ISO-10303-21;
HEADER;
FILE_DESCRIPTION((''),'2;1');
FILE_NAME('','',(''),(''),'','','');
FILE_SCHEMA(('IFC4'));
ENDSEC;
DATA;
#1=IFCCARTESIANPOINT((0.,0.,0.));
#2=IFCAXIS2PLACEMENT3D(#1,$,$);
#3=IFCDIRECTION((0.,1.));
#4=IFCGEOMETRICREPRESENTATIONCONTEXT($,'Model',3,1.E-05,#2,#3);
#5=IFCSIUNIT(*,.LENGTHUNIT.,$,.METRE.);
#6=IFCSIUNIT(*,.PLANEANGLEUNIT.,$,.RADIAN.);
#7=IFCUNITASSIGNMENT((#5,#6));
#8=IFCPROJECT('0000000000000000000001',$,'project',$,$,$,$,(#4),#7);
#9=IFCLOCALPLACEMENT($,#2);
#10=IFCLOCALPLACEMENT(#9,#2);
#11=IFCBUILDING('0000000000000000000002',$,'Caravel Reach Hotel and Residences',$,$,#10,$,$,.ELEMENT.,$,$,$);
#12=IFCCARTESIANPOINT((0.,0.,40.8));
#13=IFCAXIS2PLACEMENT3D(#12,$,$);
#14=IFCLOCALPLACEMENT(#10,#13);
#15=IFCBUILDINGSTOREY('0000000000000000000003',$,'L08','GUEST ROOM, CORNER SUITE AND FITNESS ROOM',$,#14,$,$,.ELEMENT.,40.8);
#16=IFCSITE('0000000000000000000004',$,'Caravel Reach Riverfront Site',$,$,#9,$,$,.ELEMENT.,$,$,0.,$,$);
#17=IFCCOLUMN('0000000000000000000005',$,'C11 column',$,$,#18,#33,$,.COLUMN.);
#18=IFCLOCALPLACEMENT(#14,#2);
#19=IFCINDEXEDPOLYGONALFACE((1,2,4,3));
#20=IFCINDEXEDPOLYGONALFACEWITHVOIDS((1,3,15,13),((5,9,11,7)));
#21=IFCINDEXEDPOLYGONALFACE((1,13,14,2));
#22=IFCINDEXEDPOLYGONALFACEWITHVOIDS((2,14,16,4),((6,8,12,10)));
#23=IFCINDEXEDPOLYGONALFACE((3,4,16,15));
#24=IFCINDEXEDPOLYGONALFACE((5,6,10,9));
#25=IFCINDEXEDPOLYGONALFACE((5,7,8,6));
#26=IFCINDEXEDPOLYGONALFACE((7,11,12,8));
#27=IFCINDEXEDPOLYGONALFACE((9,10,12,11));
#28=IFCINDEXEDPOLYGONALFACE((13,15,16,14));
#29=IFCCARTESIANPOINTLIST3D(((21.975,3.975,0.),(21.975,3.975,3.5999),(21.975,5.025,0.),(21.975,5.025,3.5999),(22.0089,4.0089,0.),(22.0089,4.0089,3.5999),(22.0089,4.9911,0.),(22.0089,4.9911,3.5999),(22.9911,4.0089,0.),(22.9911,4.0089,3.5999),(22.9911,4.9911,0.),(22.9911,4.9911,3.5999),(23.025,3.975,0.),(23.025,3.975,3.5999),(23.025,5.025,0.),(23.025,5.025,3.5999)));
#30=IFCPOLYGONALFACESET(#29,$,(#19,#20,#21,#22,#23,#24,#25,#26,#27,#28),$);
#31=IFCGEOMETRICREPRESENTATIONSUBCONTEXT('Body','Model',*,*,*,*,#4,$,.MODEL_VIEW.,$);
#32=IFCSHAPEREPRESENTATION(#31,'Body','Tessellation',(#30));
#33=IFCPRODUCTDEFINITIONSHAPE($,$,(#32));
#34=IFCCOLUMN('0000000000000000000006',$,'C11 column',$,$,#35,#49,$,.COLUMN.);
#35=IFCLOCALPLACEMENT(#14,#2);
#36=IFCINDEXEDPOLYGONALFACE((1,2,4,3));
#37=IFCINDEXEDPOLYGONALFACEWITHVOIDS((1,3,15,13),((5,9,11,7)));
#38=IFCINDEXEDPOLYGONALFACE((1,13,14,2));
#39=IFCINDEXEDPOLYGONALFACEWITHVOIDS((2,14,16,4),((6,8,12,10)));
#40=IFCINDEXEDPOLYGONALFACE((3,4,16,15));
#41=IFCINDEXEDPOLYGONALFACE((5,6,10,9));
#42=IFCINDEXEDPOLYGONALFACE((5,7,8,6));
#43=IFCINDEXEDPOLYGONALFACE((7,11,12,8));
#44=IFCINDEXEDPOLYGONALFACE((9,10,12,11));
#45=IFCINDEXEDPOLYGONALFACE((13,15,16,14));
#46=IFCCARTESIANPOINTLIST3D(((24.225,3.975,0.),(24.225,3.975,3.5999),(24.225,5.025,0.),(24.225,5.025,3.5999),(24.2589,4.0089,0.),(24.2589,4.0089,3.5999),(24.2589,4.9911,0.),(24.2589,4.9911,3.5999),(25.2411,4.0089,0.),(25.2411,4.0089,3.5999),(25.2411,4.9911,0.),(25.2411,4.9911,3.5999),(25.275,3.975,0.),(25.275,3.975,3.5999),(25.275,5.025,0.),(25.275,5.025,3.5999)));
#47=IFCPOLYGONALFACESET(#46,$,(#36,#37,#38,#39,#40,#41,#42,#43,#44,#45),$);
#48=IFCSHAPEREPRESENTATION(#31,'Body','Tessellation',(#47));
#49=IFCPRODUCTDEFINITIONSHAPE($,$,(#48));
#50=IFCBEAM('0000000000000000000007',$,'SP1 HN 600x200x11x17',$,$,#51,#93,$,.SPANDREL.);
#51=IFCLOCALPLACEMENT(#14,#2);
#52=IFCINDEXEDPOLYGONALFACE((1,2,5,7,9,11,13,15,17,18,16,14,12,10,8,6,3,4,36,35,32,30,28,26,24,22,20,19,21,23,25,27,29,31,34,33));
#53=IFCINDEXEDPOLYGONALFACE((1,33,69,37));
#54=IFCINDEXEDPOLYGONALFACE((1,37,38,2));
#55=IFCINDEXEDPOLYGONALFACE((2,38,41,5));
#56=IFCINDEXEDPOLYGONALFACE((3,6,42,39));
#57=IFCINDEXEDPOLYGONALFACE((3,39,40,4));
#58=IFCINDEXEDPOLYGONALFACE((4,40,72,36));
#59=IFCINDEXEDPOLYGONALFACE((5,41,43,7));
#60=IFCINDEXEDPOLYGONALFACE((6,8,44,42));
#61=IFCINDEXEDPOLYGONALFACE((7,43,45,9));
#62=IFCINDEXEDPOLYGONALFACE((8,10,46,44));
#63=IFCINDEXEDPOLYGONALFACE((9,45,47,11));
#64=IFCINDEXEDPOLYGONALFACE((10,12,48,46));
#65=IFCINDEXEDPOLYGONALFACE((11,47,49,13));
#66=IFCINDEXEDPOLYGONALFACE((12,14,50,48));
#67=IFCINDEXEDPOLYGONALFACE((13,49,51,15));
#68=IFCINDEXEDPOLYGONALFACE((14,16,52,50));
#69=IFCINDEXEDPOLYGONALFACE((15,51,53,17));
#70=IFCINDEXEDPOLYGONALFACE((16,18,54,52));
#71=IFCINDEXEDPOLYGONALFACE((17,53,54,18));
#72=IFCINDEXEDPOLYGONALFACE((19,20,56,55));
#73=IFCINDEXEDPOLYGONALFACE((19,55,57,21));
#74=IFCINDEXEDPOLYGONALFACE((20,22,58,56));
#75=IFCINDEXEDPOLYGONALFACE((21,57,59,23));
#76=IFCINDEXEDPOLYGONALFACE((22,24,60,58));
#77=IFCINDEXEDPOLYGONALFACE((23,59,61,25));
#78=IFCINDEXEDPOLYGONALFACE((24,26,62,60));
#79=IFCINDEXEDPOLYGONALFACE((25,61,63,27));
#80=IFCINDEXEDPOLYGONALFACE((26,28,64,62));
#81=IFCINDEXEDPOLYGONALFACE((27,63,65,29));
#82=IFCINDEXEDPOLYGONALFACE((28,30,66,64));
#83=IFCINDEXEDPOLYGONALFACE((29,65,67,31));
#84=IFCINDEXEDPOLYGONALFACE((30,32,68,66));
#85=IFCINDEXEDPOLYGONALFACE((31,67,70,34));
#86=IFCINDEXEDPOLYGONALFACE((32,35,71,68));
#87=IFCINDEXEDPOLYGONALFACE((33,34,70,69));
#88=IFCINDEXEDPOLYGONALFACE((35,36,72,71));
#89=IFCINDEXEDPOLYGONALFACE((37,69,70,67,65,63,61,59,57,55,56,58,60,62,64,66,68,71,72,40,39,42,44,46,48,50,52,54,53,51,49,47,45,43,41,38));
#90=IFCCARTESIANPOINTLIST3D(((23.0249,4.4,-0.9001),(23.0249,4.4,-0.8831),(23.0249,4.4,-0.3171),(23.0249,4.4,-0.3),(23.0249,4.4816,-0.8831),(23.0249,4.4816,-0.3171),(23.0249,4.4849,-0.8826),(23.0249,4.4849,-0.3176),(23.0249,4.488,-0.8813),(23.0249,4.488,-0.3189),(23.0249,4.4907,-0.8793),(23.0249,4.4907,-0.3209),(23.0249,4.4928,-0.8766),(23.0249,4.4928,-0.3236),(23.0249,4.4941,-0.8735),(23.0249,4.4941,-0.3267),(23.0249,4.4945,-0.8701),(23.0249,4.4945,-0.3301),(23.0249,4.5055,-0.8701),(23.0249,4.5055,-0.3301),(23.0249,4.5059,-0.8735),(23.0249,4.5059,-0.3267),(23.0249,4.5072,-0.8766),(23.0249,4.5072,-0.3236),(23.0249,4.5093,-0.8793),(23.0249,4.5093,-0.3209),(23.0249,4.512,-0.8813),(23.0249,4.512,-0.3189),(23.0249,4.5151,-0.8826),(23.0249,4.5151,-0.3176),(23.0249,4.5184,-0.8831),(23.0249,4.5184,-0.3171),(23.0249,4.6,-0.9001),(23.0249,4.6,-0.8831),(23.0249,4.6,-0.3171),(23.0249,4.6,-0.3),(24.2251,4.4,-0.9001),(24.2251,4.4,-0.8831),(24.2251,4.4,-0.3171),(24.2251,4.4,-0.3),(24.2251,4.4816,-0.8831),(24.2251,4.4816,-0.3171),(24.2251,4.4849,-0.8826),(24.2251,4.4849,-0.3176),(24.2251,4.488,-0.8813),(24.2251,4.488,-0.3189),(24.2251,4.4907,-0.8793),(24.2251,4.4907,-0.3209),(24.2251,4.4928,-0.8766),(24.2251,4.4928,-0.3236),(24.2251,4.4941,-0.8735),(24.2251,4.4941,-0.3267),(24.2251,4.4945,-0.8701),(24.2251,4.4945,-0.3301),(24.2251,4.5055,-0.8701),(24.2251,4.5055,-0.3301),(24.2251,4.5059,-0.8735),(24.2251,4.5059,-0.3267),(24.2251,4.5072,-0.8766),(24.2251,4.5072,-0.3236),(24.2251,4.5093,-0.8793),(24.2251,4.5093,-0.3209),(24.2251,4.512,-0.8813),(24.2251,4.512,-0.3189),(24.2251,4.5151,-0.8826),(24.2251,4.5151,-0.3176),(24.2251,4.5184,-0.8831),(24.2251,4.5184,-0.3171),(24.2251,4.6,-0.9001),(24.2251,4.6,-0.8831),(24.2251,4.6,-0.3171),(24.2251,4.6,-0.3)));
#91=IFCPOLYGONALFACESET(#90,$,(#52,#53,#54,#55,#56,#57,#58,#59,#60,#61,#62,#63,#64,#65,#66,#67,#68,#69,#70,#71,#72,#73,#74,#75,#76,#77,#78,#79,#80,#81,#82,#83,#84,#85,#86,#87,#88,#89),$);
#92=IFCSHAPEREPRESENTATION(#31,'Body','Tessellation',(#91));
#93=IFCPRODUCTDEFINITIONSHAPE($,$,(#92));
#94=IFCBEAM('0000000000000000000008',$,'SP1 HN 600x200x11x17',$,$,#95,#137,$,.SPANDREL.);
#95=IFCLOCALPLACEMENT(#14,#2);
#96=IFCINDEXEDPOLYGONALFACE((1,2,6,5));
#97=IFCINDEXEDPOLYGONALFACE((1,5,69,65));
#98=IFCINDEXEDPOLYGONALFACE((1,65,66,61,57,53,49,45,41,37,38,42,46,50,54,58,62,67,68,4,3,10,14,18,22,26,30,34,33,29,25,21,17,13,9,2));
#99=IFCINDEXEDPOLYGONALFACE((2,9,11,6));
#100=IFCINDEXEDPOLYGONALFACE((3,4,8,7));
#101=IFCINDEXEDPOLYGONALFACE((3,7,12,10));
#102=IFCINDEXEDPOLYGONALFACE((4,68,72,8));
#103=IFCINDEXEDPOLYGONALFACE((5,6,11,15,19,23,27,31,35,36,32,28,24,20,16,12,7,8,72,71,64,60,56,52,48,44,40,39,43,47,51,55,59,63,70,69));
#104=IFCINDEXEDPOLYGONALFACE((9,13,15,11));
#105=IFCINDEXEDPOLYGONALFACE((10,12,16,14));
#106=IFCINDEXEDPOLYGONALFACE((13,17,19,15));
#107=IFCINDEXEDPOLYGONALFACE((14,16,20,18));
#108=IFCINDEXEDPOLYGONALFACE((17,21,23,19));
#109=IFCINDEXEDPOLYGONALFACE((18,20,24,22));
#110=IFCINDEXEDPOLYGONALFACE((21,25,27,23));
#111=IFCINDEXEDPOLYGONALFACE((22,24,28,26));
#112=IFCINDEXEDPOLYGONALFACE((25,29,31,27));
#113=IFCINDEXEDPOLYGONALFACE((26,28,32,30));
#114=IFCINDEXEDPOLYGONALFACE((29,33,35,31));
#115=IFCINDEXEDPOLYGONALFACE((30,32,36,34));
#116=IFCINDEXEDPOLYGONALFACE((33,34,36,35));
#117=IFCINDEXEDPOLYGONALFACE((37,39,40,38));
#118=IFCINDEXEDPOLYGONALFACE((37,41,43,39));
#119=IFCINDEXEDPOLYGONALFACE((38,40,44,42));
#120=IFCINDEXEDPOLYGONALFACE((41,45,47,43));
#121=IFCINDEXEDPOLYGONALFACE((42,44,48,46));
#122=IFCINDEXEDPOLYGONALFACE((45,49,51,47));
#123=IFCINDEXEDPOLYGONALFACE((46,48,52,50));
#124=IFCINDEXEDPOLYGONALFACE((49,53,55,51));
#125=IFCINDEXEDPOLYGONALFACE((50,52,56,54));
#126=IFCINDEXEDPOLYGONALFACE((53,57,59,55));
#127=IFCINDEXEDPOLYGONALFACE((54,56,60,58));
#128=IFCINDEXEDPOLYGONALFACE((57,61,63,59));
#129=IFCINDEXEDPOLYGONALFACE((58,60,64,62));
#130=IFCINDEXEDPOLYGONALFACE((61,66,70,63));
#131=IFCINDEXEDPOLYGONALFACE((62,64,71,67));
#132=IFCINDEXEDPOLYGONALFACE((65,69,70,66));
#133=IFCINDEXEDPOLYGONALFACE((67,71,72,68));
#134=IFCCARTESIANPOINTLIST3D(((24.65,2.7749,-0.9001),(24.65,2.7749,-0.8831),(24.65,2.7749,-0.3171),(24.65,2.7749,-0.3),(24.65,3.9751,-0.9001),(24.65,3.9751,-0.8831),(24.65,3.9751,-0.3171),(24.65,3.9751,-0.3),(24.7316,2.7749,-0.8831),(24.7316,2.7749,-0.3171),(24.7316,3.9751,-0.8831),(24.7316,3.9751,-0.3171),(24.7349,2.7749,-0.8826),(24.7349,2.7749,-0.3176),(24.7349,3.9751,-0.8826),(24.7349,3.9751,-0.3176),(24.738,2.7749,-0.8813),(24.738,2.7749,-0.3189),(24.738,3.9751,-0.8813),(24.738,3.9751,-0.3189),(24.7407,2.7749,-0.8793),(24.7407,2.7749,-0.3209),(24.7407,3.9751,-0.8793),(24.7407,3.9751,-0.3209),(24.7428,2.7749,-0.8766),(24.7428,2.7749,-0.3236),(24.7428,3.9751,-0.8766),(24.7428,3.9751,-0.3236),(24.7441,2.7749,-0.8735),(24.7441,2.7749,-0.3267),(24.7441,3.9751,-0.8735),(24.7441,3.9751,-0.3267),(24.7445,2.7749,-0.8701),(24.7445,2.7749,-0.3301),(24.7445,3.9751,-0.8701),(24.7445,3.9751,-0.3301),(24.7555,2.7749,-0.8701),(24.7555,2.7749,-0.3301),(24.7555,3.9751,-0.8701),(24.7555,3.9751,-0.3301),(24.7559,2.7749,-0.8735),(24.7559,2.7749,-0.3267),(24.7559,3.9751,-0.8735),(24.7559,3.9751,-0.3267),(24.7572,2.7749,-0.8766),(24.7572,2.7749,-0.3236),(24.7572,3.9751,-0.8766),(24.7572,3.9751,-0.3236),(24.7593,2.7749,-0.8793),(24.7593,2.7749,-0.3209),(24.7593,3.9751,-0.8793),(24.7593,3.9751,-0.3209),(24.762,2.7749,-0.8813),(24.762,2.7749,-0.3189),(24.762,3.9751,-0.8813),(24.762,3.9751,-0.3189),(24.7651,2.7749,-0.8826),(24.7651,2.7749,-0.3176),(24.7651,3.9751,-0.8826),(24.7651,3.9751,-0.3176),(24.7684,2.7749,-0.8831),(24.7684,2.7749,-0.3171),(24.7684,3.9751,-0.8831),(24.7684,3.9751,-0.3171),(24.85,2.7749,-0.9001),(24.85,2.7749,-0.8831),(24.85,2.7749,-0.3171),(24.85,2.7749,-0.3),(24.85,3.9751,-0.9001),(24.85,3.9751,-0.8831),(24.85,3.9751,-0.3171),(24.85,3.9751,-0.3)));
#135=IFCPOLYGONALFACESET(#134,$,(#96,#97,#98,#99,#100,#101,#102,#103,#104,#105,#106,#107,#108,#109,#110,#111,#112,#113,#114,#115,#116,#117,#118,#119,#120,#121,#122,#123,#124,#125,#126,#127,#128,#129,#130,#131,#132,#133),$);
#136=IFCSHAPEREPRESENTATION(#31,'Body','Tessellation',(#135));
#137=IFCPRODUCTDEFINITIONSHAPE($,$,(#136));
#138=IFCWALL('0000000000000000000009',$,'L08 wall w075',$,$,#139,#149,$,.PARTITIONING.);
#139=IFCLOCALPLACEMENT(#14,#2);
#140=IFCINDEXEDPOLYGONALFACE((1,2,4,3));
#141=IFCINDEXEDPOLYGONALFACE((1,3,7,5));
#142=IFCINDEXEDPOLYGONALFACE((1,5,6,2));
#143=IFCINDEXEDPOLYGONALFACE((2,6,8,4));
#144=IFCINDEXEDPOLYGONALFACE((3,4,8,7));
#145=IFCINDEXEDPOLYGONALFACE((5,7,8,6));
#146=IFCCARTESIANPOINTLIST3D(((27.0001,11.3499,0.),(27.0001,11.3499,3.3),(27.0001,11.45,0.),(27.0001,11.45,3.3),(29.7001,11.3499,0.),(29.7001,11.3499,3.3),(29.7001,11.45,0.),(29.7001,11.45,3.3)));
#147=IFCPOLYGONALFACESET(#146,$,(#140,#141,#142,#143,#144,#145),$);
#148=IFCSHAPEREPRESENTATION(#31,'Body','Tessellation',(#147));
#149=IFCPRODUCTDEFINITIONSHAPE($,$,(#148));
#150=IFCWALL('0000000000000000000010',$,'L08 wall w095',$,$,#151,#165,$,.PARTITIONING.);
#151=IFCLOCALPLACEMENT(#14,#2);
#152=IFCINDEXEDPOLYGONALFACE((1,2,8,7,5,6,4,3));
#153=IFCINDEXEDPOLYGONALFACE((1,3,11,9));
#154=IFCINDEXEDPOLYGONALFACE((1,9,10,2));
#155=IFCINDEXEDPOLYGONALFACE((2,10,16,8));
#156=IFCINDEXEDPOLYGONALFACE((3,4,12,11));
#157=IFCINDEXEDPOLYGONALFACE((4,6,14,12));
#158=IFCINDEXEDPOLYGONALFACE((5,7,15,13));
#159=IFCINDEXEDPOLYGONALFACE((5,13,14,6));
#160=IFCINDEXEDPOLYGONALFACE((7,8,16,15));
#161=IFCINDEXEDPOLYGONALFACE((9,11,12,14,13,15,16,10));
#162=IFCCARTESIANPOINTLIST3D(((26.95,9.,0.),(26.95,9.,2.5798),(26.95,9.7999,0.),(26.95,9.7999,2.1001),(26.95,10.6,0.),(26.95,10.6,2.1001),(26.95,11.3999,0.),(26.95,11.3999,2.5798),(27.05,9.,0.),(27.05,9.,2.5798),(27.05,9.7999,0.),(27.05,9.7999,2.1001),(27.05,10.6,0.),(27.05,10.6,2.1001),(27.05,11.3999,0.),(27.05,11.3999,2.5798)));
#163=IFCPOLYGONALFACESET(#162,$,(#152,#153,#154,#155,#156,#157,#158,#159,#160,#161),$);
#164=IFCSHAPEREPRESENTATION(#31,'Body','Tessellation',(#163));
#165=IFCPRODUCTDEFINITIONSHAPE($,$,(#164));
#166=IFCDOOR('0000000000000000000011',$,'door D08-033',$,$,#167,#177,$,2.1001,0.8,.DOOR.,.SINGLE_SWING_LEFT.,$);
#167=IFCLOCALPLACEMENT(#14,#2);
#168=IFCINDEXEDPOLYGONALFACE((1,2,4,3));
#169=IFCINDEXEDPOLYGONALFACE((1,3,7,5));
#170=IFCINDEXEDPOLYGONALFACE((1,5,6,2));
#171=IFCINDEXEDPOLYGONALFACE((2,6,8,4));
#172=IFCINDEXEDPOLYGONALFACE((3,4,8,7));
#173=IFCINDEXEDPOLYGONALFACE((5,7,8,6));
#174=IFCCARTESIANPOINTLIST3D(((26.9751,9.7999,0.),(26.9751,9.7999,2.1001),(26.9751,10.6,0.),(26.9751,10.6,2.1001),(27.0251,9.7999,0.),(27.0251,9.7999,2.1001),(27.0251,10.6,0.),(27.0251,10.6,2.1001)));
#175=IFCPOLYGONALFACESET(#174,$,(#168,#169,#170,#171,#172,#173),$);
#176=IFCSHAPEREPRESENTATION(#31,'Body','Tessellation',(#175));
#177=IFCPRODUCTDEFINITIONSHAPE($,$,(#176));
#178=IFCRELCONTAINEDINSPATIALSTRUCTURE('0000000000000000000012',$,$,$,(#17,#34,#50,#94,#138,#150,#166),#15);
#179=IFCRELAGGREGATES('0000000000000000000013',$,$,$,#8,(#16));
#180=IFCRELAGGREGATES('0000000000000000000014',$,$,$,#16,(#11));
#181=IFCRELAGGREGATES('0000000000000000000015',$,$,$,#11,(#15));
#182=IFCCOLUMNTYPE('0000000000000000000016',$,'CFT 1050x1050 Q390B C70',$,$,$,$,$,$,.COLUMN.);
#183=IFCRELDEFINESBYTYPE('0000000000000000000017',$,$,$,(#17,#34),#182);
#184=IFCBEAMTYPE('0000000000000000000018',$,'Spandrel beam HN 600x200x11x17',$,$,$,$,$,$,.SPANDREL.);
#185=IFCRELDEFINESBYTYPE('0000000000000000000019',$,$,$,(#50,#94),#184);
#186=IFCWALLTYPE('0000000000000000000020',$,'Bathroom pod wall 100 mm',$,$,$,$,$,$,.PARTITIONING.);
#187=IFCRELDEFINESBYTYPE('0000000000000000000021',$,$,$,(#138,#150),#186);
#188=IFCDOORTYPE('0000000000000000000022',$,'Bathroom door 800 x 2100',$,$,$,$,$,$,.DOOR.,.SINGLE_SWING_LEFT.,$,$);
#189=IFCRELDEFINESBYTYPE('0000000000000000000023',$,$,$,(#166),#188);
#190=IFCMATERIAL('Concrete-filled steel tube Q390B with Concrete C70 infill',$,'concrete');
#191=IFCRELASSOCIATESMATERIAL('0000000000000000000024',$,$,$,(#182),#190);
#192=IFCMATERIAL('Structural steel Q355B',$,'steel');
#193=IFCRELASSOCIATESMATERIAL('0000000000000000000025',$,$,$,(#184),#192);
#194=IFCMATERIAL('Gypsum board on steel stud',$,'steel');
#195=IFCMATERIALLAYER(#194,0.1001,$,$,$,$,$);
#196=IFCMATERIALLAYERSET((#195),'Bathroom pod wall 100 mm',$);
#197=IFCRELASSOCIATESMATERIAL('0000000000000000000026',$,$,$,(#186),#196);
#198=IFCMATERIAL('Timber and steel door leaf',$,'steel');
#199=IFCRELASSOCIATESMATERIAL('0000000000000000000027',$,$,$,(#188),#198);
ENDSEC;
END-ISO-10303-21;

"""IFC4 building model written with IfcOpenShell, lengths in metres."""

from ifc_helpers import new_model, si_unit, direction, frame, frame_2d, origin, origin_2d, place, context, subcontext, project, spatial, rectangle, hollow_rectangle, i_section, extrude, material, layer, layer_set, material_profile, profile_set, type_object, element, fill, save


model = new_model("IFC4")

# Units and contexts
model_context = context("Model", 3, precision=1e-05, world=origin(), true_north=direction((0.0, 1.0)))
body_context = subcontext(model_context, "Body", "Model", "MODEL_VIEW")
ifc_project = project(units=[si_unit("LENGTHUNIT", "METRE"), si_unit("PLANEANGLEUNIT", "RADIAN")], contexts=[model_context])

# Site, building, storey
site_placement = place(None, origin())
site = spatial("IfcSite", under=ifc_project, at=site_placement, Name="Caravel Reach Riverfront Site", CompositionType="ELEMENT", RefElevation=0.0)
building_placement = place(site_placement, origin())
building = spatial("IfcBuilding", under=site, at=building_placement, Name="Caravel Reach Hotel and Residences", CompositionType="ELEMENT")
storey_placement = place(building_placement, frame((0.0, 0.0, 40.8)))
storey = spatial("IfcBuildingStorey", under=building, at=storey_placement, Name="L08", Description="GUEST ROOM, CORNER SUITE AND FITNESS ROOM", CompositionType="ELEMENT", Elevation=40.8)

# Columns
ifc_material_1 = material(Name="Concrete-filled steel tube Q390B with Concrete C70 infill", Category="concrete")
ifc_material_profile_1 = material_profile(ifc_material_1, hollow_rectangle(XDim=1.05, YDim=1.05, WallThickness=0.0339, at=origin_2d()), Name="RHS 1050x1050x34")
ifc_profile_set_1 = profile_set([ifc_material_profile_1], Name="Concrete-filled steel tube Q390B with Concrete C70 infill")
column_type = type_object("IfcColumnType", Name="CFT 1050x1050 Q390B C70", PredefinedType="COLUMN", material=ifc_profile_set_1)
for number, where, z_axis, x_axis, name in (
    (1, (22.5, 4.5, 0.0), (0.0, 0.0, 1.0), (1.0, 0.0, 0.0), "C11 column"),
    (2, (24.75, 4.5, 0.0), (0.0, 0.0, 1.0), (1.0, 0.0, 0.0), "C11 column"),
):
    element("IfcColumn", number, at=place(storey_placement, frame(where, z_axis=z_axis, x_axis=x_axis)), inside=storey, type_object=column_type, Name=name, PredefinedType="COLUMN", context=body_context, shape_type="SweptSolid", body=[
        extrude(hollow_rectangle(XDim=1.05, YDim=1.05, WallThickness=0.0339, at=origin_2d()), origin(), (0.0, 0.0, 1.0), 3.5999),
    ])

# Beams
ifc_material_2 = material(Name="Structural steel Q355B", Category="steel")
ifc_material_profile_2 = material_profile(ifc_material_2, i_section(OverallWidth=0.2, OverallDepth=0.6001, WebThickness=0.011, FlangeThickness=0.0171, FilletRadius=0.0129, at=origin_2d()), Name="HN 600x200x11x17")
ifc_profile_set_2 = profile_set([ifc_material_profile_2], Name="Structural steel Q355B")
beam_type = type_object("IfcBeamType", Name="Spandrel beam HN 600x200x11x17", PredefinedType="SPANDREL", material=ifc_profile_set_2)
for number, where, z_axis, x_axis, name in (
    (3, (23.0249, 4.5, -0.6001), (1.0, 0.0, 0.0), (0.0, 1.0, 0.0), "SP1 HN 600x200x11x17"),
    (4, (24.75, 3.9751, -0.6001), (0.0, -1.0, 0.0), (1.0, 0.0, 0.0), "SP1 HN 600x200x11x17"),
):
    element("IfcBeam", number, at=place(storey_placement, frame(where, z_axis=z_axis, x_axis=x_axis)), inside=storey, type_object=beam_type, Name=name, PredefinedType="SPANDREL", context=body_context, shape_type="SweptSolid", body=[
        extrude(i_section(OverallWidth=0.2, OverallDepth=0.6001, WebThickness=0.011, FlangeThickness=0.0171, FilletRadius=0.0129, at=origin_2d()), origin(), (0.0, 0.0, 1.0), 1.2002),
    ])

# Wall
ifc_material_3 = material(Name="Gypsum board on steel stud", Category="steel")
ifc_layer_1 = layer(ifc_material_3, 0.1001)
ifc_layer_set_1 = layer_set([ifc_layer_1], Name="Bathroom pod wall 100 mm")
wall_type_1 = type_object("IfcWallType", Name="Bathroom pod wall 100 mm", PredefinedType="PARTITIONING", material=ifc_layer_set_1)
wall_1_placement = place(storey_placement, frame((27.0, 11.3999, 0.0), z_axis=(0.0, 0.0, 1.0), x_axis=(1.0, 0.0, 0.0)))
element("IfcWall", 5, at=wall_1_placement, inside=storey, type_object=wall_type_1, Name="L08 wall w075", PredefinedType="PARTITIONING", context=body_context, shape_type="SweptSolid", body=[
    extrude(rectangle(XDim=2.7, YDim=0.1001, at=frame_2d((1.3501, 0.0))), origin(), (0.0, 0.0, 1.0), 3.3),
])

# Wall, opening, door
wall_2_placement = place(storey_placement, frame((27.0, 9.0, 0.0), z_axis=(0.0, 0.0, 1.0), x_axis=(0.0, 1.0, 0.0)))
wall_2 = element("IfcWall", 6, at=wall_2_placement, inside=storey, type_object=wall_type_1, Name="L08 wall w095", PredefinedType="PARTITIONING", context=body_context, shape_type="SweptSolid", body=[
    extrude(rectangle(XDim=2.3999, YDim=0.1001, at=frame_2d((1.2, 0.0))), origin(), (0.0, 0.0, 1.0), 2.5798),
])
opening_1_placement = place(wall_2_placement, frame((0.8, 0.0, 0.0)))
opening_1 = element("IfcOpeningElement", 7, at=opening_1_placement, cuts=wall_2, PredefinedType="OPENING", context=body_context, shape_type="SweptSolid", body=[
    extrude(rectangle(XDim=0.8, YDim=2.1001, at=frame_2d((0.3999, 1.05))), frame((0.0, 0.0601, 0.0), z_axis=(0.0, -1.0, 0.0), x_axis=(1.0, 0.0, 0.0)), (0.0, 0.0, 1.0), 0.1201),
])
ifc_material_4 = material(Name="Timber and steel door leaf", Category="steel")
door_type_1 = type_object("IfcDoorType", Name="Bathroom door 800 x 2100", OperationType="SINGLE_SWING_LEFT", PredefinedType="DOOR", material=ifc_material_4)
door_1_placement = place(opening_1_placement, origin())
door_1 = element("IfcDoor", 8, at=door_1_placement, inside=storey, type_object=door_type_1, Name="door D08-033", OperationType="SINGLE_SWING_LEFT", OverallHeight=2.1001, OverallWidth=0.8, PredefinedType="DOOR", context=body_context, shape_type="SweptSolid", body=[
    extrude(rectangle(XDim=0.8, YDim=2.1001, at=frame_2d((0.3999, 1.05))), frame((0.0, 0.0249, 0.0), z_axis=(0.0, -1.0, 0.0), x_axis=(1.0, 0.0, 0.0)), (0.0, 0.0, 1.0), 0.05),
])
fill(opening_1, door_1)

save(model, "model.ifc")
